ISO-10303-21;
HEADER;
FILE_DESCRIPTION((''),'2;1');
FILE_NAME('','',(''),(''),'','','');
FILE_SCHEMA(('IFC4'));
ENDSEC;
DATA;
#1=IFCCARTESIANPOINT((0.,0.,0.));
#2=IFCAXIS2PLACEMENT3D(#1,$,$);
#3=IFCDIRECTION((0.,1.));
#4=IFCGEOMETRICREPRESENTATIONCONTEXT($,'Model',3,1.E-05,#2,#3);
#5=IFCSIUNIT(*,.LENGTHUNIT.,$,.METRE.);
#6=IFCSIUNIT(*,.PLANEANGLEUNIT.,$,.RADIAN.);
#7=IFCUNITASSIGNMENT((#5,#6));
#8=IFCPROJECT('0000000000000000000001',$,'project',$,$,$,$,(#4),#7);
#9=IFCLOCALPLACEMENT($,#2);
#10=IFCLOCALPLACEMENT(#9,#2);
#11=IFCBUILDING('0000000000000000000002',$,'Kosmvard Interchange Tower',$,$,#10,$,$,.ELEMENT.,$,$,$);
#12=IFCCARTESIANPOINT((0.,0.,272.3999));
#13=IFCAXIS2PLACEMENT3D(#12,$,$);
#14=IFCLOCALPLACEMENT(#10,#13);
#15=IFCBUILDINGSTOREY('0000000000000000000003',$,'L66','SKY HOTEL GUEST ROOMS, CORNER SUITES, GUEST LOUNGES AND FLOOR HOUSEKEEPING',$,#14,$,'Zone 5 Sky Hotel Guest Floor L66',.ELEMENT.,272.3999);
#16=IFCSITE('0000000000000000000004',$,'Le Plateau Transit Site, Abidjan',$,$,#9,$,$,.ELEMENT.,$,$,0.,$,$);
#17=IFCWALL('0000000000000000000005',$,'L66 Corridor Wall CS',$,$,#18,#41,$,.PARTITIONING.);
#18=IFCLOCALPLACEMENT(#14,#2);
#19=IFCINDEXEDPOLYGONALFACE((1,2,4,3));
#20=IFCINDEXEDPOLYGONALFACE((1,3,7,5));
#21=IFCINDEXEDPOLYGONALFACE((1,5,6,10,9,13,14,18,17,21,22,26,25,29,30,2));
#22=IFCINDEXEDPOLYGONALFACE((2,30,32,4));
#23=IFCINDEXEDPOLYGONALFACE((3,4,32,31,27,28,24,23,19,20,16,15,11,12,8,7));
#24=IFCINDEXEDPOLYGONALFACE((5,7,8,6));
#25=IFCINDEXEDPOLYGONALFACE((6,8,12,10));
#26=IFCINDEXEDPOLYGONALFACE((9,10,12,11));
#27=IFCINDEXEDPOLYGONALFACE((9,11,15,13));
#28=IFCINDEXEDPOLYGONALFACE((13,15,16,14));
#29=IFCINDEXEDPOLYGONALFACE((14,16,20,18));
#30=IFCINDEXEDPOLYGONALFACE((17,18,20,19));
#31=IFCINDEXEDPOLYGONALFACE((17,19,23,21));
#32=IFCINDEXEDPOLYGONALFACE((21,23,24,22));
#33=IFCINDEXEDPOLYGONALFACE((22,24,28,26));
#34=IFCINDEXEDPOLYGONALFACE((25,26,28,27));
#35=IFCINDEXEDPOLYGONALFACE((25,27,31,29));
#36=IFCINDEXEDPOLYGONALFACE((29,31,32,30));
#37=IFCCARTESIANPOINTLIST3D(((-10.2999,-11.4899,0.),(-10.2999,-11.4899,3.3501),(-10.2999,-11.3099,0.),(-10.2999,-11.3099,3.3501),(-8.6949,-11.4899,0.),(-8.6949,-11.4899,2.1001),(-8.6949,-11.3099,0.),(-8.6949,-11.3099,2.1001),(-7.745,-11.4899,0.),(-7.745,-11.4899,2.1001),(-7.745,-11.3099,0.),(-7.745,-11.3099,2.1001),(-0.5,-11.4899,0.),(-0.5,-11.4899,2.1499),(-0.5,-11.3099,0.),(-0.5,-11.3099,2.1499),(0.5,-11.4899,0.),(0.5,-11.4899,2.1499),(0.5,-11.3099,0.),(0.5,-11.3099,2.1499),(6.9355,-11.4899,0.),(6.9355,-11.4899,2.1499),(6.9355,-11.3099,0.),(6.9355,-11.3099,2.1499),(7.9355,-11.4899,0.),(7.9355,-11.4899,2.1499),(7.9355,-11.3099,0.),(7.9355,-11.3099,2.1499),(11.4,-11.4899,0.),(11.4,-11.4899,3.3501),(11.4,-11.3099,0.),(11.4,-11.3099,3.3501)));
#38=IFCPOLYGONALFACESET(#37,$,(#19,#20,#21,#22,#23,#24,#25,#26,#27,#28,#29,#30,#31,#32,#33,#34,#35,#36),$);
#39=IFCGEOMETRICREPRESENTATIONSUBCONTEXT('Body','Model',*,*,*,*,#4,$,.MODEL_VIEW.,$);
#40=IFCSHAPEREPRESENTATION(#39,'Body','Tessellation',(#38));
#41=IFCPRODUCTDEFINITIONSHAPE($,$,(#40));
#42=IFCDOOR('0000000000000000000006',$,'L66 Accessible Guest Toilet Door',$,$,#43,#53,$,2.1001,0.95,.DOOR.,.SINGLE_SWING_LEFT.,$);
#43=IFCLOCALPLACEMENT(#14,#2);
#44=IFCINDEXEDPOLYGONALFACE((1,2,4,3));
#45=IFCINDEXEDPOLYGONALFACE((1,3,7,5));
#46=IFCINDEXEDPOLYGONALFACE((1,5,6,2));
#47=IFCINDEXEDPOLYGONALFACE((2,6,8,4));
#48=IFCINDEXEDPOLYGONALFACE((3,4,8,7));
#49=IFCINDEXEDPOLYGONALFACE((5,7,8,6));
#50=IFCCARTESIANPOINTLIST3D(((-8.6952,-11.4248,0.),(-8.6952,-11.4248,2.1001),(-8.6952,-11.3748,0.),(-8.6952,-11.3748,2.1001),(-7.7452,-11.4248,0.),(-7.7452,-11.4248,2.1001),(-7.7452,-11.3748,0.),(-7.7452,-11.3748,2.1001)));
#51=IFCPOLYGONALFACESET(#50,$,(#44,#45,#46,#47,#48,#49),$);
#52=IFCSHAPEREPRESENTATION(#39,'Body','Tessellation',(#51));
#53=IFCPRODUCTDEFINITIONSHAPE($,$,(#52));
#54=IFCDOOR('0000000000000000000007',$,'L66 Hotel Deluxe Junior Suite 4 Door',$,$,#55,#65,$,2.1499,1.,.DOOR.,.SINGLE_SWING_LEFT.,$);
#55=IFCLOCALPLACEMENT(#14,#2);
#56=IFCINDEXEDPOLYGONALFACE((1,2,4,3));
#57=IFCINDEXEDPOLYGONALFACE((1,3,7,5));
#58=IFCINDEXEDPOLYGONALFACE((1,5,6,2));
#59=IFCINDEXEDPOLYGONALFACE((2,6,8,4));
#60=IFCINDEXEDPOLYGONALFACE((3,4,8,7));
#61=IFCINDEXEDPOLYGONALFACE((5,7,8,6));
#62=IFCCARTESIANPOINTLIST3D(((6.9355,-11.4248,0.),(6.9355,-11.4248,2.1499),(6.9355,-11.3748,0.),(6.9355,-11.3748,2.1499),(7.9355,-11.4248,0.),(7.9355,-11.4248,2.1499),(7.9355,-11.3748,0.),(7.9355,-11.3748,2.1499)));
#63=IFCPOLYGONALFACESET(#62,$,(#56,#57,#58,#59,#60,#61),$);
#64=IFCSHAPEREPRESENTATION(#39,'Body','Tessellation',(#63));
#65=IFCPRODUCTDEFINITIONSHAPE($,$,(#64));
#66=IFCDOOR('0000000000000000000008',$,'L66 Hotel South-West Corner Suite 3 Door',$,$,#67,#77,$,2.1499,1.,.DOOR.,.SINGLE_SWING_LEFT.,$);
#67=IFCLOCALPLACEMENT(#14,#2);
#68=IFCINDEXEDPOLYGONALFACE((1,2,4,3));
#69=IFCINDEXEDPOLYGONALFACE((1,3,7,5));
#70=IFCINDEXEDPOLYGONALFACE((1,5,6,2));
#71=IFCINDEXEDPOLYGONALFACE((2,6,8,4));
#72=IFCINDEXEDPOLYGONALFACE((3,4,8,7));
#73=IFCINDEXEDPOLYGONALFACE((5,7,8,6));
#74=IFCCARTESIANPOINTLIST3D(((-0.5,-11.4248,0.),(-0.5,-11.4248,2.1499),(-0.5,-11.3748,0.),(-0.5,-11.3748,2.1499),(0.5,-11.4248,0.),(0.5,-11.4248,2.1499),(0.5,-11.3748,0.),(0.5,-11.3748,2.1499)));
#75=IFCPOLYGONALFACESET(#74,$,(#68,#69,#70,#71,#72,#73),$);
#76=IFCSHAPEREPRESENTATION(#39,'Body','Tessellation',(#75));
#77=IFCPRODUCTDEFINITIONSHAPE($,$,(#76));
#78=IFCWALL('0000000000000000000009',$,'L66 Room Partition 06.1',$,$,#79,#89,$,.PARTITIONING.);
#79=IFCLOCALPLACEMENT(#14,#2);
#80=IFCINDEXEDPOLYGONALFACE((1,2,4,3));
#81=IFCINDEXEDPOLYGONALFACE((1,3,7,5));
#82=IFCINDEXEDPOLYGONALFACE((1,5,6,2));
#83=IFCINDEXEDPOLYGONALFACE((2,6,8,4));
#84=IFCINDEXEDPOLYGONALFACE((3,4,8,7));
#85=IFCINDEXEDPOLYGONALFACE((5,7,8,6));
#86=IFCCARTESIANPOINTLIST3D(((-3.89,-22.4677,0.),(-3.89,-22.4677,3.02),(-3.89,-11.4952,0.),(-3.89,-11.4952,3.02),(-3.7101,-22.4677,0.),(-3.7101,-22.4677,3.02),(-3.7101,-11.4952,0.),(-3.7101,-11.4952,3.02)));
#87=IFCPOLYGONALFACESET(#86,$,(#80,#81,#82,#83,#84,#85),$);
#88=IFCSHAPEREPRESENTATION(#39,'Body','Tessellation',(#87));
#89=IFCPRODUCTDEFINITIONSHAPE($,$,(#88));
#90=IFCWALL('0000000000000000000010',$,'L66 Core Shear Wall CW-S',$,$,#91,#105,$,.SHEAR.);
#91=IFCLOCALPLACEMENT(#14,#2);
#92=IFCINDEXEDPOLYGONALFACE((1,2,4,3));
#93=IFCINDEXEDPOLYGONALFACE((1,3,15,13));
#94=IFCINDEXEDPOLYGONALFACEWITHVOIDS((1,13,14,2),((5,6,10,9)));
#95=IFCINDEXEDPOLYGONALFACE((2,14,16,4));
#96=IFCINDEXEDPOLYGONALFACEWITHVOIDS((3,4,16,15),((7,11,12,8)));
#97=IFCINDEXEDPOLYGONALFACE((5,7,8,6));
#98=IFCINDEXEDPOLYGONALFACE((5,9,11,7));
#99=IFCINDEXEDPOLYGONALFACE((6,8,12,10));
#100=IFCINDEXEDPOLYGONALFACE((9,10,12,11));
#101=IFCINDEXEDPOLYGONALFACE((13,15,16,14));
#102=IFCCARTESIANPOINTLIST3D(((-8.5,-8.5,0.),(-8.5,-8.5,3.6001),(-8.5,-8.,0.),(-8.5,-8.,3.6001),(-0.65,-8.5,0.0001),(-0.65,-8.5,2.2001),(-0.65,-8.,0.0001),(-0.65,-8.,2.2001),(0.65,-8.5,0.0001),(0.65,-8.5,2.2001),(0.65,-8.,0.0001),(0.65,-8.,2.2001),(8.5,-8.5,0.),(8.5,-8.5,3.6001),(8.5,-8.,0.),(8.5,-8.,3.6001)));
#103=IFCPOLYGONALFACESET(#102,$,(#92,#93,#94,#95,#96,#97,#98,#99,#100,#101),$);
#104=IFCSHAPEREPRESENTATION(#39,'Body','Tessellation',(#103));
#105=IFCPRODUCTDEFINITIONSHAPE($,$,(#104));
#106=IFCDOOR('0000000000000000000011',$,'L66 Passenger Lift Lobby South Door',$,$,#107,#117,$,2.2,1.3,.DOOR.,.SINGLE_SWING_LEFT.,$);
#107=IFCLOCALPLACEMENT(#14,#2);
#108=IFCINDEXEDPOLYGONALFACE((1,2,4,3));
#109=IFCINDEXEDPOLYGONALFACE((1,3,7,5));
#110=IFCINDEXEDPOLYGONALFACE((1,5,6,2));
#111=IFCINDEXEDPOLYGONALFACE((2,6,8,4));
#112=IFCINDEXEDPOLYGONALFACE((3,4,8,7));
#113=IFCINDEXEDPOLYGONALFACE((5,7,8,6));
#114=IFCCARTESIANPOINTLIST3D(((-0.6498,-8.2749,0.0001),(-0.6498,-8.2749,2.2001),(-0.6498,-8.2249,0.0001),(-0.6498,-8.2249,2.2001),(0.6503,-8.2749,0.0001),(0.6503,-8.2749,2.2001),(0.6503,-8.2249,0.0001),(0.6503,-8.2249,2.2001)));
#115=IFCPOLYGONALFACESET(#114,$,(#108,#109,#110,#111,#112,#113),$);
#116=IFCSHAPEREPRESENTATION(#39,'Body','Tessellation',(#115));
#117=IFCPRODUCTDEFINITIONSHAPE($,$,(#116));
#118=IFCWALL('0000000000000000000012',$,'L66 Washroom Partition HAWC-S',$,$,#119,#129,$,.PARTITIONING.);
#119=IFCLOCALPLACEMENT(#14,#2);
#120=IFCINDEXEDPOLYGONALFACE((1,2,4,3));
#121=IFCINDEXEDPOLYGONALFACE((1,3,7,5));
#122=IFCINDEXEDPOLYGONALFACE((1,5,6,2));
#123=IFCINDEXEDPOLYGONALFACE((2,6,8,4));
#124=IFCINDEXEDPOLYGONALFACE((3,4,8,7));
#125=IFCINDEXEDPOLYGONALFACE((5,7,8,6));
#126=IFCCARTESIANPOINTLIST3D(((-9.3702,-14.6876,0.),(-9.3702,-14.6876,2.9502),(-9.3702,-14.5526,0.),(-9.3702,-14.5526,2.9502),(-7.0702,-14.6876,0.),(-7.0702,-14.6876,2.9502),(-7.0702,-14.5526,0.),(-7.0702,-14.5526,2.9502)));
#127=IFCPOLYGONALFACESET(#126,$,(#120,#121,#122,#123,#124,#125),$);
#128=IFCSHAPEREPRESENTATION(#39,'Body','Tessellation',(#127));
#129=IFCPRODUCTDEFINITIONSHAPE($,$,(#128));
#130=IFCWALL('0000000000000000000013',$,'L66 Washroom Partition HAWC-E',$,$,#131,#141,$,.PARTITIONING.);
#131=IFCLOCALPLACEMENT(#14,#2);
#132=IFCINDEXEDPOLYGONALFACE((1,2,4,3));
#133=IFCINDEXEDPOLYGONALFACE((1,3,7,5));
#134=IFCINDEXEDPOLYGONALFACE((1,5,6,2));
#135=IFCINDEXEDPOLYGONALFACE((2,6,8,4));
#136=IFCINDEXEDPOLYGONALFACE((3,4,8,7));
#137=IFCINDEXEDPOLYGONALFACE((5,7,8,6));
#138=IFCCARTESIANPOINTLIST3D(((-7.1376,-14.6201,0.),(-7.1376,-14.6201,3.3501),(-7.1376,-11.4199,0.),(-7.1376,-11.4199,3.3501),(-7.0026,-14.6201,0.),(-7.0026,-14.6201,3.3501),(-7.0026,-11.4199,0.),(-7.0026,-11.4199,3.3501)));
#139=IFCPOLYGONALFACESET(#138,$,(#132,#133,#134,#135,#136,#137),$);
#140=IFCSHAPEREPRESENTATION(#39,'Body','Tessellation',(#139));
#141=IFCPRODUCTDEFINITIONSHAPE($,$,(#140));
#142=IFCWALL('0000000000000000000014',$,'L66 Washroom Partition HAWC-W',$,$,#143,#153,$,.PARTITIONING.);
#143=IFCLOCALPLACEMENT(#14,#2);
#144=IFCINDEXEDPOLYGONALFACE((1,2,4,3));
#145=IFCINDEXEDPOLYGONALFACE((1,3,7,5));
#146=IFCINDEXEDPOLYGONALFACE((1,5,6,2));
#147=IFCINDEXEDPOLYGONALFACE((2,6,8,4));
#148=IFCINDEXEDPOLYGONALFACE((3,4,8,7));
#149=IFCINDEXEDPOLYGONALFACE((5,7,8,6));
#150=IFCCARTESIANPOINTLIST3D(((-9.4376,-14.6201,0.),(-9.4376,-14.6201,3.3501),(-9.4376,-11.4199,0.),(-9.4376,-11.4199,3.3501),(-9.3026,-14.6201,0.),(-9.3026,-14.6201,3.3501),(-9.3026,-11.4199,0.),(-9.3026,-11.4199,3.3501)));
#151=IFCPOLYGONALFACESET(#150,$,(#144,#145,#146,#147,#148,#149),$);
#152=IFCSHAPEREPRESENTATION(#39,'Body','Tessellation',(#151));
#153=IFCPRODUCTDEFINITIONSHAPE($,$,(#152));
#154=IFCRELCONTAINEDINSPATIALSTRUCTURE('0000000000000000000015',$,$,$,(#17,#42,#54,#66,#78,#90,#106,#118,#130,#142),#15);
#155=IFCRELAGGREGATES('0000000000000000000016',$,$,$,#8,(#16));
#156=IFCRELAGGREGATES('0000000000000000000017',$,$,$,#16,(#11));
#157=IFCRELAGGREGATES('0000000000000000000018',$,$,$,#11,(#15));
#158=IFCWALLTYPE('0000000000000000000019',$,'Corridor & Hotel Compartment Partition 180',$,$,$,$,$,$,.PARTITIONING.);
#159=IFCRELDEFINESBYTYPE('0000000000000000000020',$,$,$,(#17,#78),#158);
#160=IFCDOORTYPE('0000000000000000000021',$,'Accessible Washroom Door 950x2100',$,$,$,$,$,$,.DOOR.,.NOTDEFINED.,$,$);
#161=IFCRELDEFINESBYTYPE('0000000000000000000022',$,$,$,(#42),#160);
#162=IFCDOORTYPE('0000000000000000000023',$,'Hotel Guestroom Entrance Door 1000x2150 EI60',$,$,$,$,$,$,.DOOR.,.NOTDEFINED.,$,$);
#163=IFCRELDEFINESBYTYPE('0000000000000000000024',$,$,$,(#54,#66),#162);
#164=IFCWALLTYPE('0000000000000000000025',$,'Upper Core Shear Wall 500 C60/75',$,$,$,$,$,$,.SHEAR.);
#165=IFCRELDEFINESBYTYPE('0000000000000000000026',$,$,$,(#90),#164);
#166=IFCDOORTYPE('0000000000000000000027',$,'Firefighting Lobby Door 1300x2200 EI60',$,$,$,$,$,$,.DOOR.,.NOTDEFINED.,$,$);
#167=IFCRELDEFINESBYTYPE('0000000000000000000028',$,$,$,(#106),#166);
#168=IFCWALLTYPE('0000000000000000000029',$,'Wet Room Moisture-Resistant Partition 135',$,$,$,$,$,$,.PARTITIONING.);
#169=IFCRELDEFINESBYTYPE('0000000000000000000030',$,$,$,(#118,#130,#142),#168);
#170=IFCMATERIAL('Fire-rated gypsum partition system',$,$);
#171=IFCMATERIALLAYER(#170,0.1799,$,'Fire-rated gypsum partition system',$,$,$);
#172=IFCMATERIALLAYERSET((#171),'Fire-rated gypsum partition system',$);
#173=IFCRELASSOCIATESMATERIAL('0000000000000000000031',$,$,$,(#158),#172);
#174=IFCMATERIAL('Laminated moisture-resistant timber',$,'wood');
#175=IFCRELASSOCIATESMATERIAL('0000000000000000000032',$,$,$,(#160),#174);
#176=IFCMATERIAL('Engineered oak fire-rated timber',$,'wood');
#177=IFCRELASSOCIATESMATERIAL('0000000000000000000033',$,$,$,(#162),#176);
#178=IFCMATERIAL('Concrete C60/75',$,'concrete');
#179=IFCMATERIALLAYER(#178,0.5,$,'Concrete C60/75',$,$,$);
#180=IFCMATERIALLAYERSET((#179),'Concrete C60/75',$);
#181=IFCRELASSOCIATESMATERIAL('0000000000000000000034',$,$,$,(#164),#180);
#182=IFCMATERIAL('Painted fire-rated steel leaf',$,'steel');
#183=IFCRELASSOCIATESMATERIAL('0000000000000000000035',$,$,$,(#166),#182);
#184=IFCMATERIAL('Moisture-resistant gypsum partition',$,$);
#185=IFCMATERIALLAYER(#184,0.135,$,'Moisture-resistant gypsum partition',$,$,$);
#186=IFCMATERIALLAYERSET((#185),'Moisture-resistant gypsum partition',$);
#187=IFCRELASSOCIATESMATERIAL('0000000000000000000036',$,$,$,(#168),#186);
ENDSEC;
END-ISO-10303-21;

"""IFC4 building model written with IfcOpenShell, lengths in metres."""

from ifc_helpers import new_model, si_unit, direction, frame, frame_2d, origin, place, context, subcontext, project, spatial, rectangle, extrude, source, transform, mapped, material, layer, layer_set, type_object, element, fill, save


model = new_model("IFC4")

# Units and contexts
model_context = context("Model", 3, precision=1e-05, world=origin(), true_north=direction((0.0, 1.0)))
body_context = subcontext(model_context, "Body", "Model", "MODEL_VIEW")
ifc_project = project(units=[si_unit("LENGTHUNIT", "METRE"), si_unit("PLANEANGLEUNIT", "RADIAN")], contexts=[model_context])

# Site, building, storey
site_placement = place(None, origin())
site = spatial("IfcSite", under=ifc_project, at=site_placement, Name="Le Plateau Transit Site, Abidjan", CompositionType="ELEMENT", RefElevation=0.0)
building_placement = place(site_placement, origin())
building = spatial("IfcBuilding", under=site, at=building_placement, Name="Kosmvard Interchange Tower", CompositionType="ELEMENT")
storey_placement = place(building_placement, frame((0.0, 0.0, 272.3999)))
storey = spatial("IfcBuildingStorey", under=building, at=storey_placement, Name="L66", Description="SKY HOTEL GUEST ROOMS, CORNER SUITES, GUEST LOUNGES AND FLOOR HOUSEKEEPING", LongName="Zone 5 Sky Hotel Guest Floor L66", CompositionType="ELEMENT", Elevation=272.3999)

# Wall, openings, doors
ifc_material_1 = material(Name="Fire-rated gypsum partition system")
ifc_layer_1 = layer(ifc_material_1, 0.1799, Name="Fire-rated gypsum partition system")
ifc_layer_set_1 = layer_set([ifc_layer_1], Name="Fire-rated gypsum partition system")
wall_type_1 = type_object("IfcWallType", Name="Corridor & Hotel Compartment Partition 180", PredefinedType="PARTITIONING", material=ifc_layer_set_1)
wall_1_placement = place(storey_placement, frame((-10.3, -11.3999, 0.0), z_axis=(0.0, 0.0, 1.0), x_axis=(1.0, 0.0, 0.0)))
wall_1 = element("IfcWall", 1, at=wall_1_placement, inside=storey, type_object=wall_type_1, Name="L66 Corridor Wall CS", PredefinedType="PARTITIONING", context=body_context, shape_type="SweptSolid", body=[
    extrude(rectangle(XDim=21.7, YDim=0.1799, at=frame_2d((10.8501, 0.0))), origin(), (0.0, 0.0, 1.0), 3.3501),
])
opening_1_placement = place(wall_1_placement, frame((1.605, 0.0, 0.0)))
opening_1 = element("IfcOpeningElement", 2, at=opening_1_placement, cuts=wall_1, PredefinedType="OPENING", context=body_context, shape_type="SweptSolid", body=[
    extrude(rectangle(XDim=0.95, YDim=2.1001, at=frame_2d((0.4751, 1.05))), frame((0.0, 0.1001, 0.0), z_axis=(0.0, -1.0, 0.0), x_axis=(1.0, 0.0, 0.0)), (0.0, 0.0, 1.0), 0.2),
])
opening_2_placement = place(wall_1_placement, frame((17.2356, 0.0, 0.0)))
opening_2 = element("IfcOpeningElement", 3, at=opening_2_placement, cuts=wall_1, PredefinedType="OPENING", context=body_context, shape_type="SweptSolid", body=[
    extrude(rectangle(XDim=1.0, YDim=2.1499, at=frame_2d((0.5, 1.075))), frame((0.0, 0.1001, 0.0), z_axis=(0.0, -1.0, 0.0), x_axis=(1.0, 0.0, 0.0)), (0.0, 0.0, 1.0), 0.2),
])
opening_3_placement = place(wall_1_placement, frame((9.8, 0.0, 0.0)))
opening_3 = element("IfcOpeningElement", 4, at=opening_3_placement, cuts=wall_1, PredefinedType="OPENING", context=body_context, shape_type="SweptSolid", body=[
    extrude(rectangle(XDim=1.0, YDim=2.1499, at=frame_2d((0.5, 1.075))), frame((0.0, 0.1001, 0.0), z_axis=(0.0, -1.0, 0.0), x_axis=(1.0, 0.0, 0.0)), (0.0, 0.0, 1.0), 0.2),
])
ifc_material_2 = material(Name="Laminated moisture-resistant timber", Category="wood")
door_type_1 = type_object("IfcDoorType", Name="Accessible Washroom Door 950x2100", OperationType="NOTDEFINED", PredefinedType="DOOR", material=ifc_material_2)
shared_shape_1 = source(origin(), body_context, "Body", "SweptSolid", [
    extrude(rectangle(XDim=0.95, YDim=2.1001, at=frame_2d((0.4751, 1.05))), frame((0.0, 0.0249, 0.0), z_axis=(0.0, -1.0, 0.0), x_axis=(1.0, 0.0, 0.0)), (0.0, 0.0, 1.0), 0.05),
])
door_1_placement = place(opening_1_placement, frame((0.95, 0.0, 0.0), z_axis=(0.0, 0.0, 1.0), x_axis=(-1.0, 0.0, 0.0)))
door_1 = element("IfcDoor", 5, at=door_1_placement, inside=storey, type_object=door_type_1, Name="L66 Accessible Guest Toilet Door", OperationType="SINGLE_SWING_LEFT", OverallHeight=2.1001, OverallWidth=0.95, PredefinedType="DOOR", context=body_context, shape_type="MappedRepresentation", body=[
    mapped(shared_shape_1, transform((0.0, 0.0, 0.0), scale=1.0)),
])
fill(opening_1, door_1)
ifc_material_3 = material(Name="Engineered oak fire-rated timber", Category="wood")
door_type_2 = type_object("IfcDoorType", Name="Hotel Guestroom Entrance Door 1000x2150 EI60", OperationType="NOTDEFINED", PredefinedType="DOOR", material=ifc_material_3)
shared_shape_2 = source(origin(), body_context, "Body", "SweptSolid", [
    extrude(rectangle(XDim=1.0, YDim=2.1499, at=frame_2d((0.5, 1.075))), frame((0.0, 0.0249, 0.0), z_axis=(0.0, -1.0, 0.0), x_axis=(1.0, 0.0, 0.0)), (0.0, 0.0, 1.0), 0.05),
])
door_2_placement = place(opening_2_placement, frame((1.0, 0.0, 0.0), z_axis=(0.0, 0.0, 1.0), x_axis=(-1.0, 0.0, 0.0)))
door_2 = element("IfcDoor", 6, at=door_2_placement, inside=storey, type_object=door_type_2, Name="L66 Hotel Deluxe Junior Suite 4 Door", OperationType="SINGLE_SWING_LEFT", OverallHeight=2.1499, OverallWidth=1.0, PredefinedType="DOOR", context=body_context, shape_type="MappedRepresentation", body=[
    mapped(shared_shape_2, transform((0.0, 0.0, 0.0), scale=1.0)),
])
fill(opening_2, door_2)
door_3_placement = place(opening_3_placement, frame((1.0, 0.0, 0.0), z_axis=(0.0, 0.0, 1.0), x_axis=(-1.0, 0.0, 0.0)))
door_3 = element("IfcDoor", 7, at=door_3_placement, inside=storey, type_object=door_type_2, Name="L66 Hotel South-West Corner Suite 3 Door", OperationType="SINGLE_SWING_LEFT", OverallHeight=2.1499, OverallWidth=1.0, PredefinedType="DOOR", context=body_context, shape_type="MappedRepresentation", body=[
    mapped(shared_shape_2, transform((0.0, 0.0, 0.0), scale=1.0)),
])
fill(opening_3, door_3)

# Wall
wall_2_placement = place(storey_placement, frame((-3.8, -11.4951, 0.0), z_axis=(0.0, 0.0, 1.0), x_axis=(0.0, -1.0, 0.0)))
element("IfcWall", 8, at=wall_2_placement, inside=storey, type_object=wall_type_1, Name="L66 Room Partition 06.1", PredefinedType="PARTITIONING", context=body_context, shape_type="SweptSolid", body=[
    extrude(rectangle(XDim=10.9724, YDim=0.1799, at=frame_2d((5.4863, 0.0))), origin(), (0.0, 0.0, 1.0), 3.02),
])

# Wall, opening, door
ifc_material_4 = material(Name="Concrete C60/75", Category="concrete")
ifc_layer_2 = layer(ifc_material_4, 0.5, Name="Concrete C60/75")
ifc_layer_set_2 = layer_set([ifc_layer_2], Name="Concrete C60/75")
wall_type_2 = type_object("IfcWallType", Name="Upper Core Shear Wall 500 C60/75", PredefinedType="SHEAR", material=ifc_layer_set_2)
wall_3_placement = place(storey_placement, frame((-8.5, -8.25, 0.0), z_axis=(0.0, 0.0, 1.0), x_axis=(1.0, 0.0, 0.0)))
wall_3 = element("IfcWall", 9, at=wall_3_placement, inside=storey, type_object=wall_type_2, Name="L66 Core Shear Wall CW-S", PredefinedType="SHEAR", context=body_context, shape_type="SweptSolid", body=[
    extrude(rectangle(XDim=17.0, YDim=0.5, at=frame_2d((8.5, 0.0))), origin(), (0.0, 0.0, 1.0), 3.6001),
])
opening_4_placement = place(wall_3_placement, frame((7.8501, 0.0, 0.0)))
opening_4 = element("IfcOpeningElement", 10, at=opening_4_placement, cuts=wall_3, PredefinedType="OPENING", context=body_context, shape_type="SweptSolid", body=[
    extrude(rectangle(XDim=1.3, YDim=2.2, at=frame_2d((0.6499, 1.1001))), frame((0.0, 0.26, 0.0), z_axis=(0.0, -1.0, 0.0), x_axis=(1.0, 0.0, 0.0)), (0.0, 0.0, 1.0), 0.52),
])
ifc_material_5 = material(Name="Painted fire-rated steel leaf", Category="steel")
door_type_3 = type_object("IfcDoorType", Name="Firefighting Lobby Door 1300x2200 EI60", OperationType="NOTDEFINED", PredefinedType="DOOR", material=ifc_material_5)
shared_shape_3 = source(origin(), body_context, "Body", "SweptSolid", [
    extrude(rectangle(XDim=1.3, YDim=2.2, at=frame_2d((0.6499, 1.1001))), frame((0.0, 0.0249, 0.0), z_axis=(0.0, -1.0, 0.0), x_axis=(1.0, 0.0, 0.0)), (0.0, 0.0, 1.0), 0.05),
])
door_4_placement = place(opening_4_placement, frame((1.3, 0.0, 0.0), z_axis=(0.0, 0.0, 1.0), x_axis=(-1.0, 0.0, 0.0)))
door_4 = element("IfcDoor", 11, at=door_4_placement, inside=storey, type_object=door_type_3, Name="L66 Passenger Lift Lobby South Door", OperationType="SINGLE_SWING_LEFT", OverallHeight=2.2, OverallWidth=1.3, PredefinedType="DOOR", context=body_context, shape_type="MappedRepresentation", body=[
    mapped(shared_shape_3, transform((0.0, 0.0, 0.0), scale=1.0)),
])
fill(opening_4, door_4)

# Walls
ifc_material_6 = material(Name="Moisture-resistant gypsum partition")
ifc_layer_3 = layer(ifc_material_6, 0.135, Name="Moisture-resistant gypsum partition")
ifc_layer_set_3 = layer_set([ifc_layer_3], Name="Moisture-resistant gypsum partition")
wall_type_3 = type_object("IfcWallType", Name="Wet Room Moisture-Resistant Partition 135", PredefinedType="PARTITIONING", material=ifc_layer_set_3)
wall_4_placement = place(storey_placement, frame((-9.3701, -14.6201, 0.0), z_axis=(0.0, 0.0, 1.0), x_axis=(1.0, 0.0, 0.0)))
element("IfcWall", 12, at=wall_4_placement, inside=storey, type_object=wall_type_3, Name="L66 Washroom Partition HAWC-S", PredefinedType="PARTITIONING", context=body_context, shape_type="SweptSolid", body=[
    extrude(rectangle(XDim=2.3, YDim=0.135, at=frame_2d((1.1499, 0.0))), origin(), (0.0, 0.0, 1.0), 2.9502),
])
for number, where, z_axis, x_axis, name in (
    (13, (-7.0701, -14.6201, 0.0), (0.0, 0.0, 1.0), (0.0, 1.0, 0.0), "L66 Washroom Partition HAWC-E"),
    (14, (-9.3701, -14.6201, 0.0), (0.0, 0.0, 1.0), (0.0, 1.0, 0.0), "L66 Washroom Partition HAWC-W"),
):
    element("IfcWall", number, at=place(storey_placement, frame(where, z_axis=z_axis, x_axis=x_axis)), inside=storey, type_object=wall_type_3, Name=name, PredefinedType="PARTITIONING", context=body_context, shape_type="SweptSolid", body=[
        extrude(rectangle(XDim=3.2002, YDim=0.135, at=frame_2d((1.6001, 0.0))), origin(), (0.0, 0.0, 1.0), 3.3501),
    ])

save(model, "model.ifc")
